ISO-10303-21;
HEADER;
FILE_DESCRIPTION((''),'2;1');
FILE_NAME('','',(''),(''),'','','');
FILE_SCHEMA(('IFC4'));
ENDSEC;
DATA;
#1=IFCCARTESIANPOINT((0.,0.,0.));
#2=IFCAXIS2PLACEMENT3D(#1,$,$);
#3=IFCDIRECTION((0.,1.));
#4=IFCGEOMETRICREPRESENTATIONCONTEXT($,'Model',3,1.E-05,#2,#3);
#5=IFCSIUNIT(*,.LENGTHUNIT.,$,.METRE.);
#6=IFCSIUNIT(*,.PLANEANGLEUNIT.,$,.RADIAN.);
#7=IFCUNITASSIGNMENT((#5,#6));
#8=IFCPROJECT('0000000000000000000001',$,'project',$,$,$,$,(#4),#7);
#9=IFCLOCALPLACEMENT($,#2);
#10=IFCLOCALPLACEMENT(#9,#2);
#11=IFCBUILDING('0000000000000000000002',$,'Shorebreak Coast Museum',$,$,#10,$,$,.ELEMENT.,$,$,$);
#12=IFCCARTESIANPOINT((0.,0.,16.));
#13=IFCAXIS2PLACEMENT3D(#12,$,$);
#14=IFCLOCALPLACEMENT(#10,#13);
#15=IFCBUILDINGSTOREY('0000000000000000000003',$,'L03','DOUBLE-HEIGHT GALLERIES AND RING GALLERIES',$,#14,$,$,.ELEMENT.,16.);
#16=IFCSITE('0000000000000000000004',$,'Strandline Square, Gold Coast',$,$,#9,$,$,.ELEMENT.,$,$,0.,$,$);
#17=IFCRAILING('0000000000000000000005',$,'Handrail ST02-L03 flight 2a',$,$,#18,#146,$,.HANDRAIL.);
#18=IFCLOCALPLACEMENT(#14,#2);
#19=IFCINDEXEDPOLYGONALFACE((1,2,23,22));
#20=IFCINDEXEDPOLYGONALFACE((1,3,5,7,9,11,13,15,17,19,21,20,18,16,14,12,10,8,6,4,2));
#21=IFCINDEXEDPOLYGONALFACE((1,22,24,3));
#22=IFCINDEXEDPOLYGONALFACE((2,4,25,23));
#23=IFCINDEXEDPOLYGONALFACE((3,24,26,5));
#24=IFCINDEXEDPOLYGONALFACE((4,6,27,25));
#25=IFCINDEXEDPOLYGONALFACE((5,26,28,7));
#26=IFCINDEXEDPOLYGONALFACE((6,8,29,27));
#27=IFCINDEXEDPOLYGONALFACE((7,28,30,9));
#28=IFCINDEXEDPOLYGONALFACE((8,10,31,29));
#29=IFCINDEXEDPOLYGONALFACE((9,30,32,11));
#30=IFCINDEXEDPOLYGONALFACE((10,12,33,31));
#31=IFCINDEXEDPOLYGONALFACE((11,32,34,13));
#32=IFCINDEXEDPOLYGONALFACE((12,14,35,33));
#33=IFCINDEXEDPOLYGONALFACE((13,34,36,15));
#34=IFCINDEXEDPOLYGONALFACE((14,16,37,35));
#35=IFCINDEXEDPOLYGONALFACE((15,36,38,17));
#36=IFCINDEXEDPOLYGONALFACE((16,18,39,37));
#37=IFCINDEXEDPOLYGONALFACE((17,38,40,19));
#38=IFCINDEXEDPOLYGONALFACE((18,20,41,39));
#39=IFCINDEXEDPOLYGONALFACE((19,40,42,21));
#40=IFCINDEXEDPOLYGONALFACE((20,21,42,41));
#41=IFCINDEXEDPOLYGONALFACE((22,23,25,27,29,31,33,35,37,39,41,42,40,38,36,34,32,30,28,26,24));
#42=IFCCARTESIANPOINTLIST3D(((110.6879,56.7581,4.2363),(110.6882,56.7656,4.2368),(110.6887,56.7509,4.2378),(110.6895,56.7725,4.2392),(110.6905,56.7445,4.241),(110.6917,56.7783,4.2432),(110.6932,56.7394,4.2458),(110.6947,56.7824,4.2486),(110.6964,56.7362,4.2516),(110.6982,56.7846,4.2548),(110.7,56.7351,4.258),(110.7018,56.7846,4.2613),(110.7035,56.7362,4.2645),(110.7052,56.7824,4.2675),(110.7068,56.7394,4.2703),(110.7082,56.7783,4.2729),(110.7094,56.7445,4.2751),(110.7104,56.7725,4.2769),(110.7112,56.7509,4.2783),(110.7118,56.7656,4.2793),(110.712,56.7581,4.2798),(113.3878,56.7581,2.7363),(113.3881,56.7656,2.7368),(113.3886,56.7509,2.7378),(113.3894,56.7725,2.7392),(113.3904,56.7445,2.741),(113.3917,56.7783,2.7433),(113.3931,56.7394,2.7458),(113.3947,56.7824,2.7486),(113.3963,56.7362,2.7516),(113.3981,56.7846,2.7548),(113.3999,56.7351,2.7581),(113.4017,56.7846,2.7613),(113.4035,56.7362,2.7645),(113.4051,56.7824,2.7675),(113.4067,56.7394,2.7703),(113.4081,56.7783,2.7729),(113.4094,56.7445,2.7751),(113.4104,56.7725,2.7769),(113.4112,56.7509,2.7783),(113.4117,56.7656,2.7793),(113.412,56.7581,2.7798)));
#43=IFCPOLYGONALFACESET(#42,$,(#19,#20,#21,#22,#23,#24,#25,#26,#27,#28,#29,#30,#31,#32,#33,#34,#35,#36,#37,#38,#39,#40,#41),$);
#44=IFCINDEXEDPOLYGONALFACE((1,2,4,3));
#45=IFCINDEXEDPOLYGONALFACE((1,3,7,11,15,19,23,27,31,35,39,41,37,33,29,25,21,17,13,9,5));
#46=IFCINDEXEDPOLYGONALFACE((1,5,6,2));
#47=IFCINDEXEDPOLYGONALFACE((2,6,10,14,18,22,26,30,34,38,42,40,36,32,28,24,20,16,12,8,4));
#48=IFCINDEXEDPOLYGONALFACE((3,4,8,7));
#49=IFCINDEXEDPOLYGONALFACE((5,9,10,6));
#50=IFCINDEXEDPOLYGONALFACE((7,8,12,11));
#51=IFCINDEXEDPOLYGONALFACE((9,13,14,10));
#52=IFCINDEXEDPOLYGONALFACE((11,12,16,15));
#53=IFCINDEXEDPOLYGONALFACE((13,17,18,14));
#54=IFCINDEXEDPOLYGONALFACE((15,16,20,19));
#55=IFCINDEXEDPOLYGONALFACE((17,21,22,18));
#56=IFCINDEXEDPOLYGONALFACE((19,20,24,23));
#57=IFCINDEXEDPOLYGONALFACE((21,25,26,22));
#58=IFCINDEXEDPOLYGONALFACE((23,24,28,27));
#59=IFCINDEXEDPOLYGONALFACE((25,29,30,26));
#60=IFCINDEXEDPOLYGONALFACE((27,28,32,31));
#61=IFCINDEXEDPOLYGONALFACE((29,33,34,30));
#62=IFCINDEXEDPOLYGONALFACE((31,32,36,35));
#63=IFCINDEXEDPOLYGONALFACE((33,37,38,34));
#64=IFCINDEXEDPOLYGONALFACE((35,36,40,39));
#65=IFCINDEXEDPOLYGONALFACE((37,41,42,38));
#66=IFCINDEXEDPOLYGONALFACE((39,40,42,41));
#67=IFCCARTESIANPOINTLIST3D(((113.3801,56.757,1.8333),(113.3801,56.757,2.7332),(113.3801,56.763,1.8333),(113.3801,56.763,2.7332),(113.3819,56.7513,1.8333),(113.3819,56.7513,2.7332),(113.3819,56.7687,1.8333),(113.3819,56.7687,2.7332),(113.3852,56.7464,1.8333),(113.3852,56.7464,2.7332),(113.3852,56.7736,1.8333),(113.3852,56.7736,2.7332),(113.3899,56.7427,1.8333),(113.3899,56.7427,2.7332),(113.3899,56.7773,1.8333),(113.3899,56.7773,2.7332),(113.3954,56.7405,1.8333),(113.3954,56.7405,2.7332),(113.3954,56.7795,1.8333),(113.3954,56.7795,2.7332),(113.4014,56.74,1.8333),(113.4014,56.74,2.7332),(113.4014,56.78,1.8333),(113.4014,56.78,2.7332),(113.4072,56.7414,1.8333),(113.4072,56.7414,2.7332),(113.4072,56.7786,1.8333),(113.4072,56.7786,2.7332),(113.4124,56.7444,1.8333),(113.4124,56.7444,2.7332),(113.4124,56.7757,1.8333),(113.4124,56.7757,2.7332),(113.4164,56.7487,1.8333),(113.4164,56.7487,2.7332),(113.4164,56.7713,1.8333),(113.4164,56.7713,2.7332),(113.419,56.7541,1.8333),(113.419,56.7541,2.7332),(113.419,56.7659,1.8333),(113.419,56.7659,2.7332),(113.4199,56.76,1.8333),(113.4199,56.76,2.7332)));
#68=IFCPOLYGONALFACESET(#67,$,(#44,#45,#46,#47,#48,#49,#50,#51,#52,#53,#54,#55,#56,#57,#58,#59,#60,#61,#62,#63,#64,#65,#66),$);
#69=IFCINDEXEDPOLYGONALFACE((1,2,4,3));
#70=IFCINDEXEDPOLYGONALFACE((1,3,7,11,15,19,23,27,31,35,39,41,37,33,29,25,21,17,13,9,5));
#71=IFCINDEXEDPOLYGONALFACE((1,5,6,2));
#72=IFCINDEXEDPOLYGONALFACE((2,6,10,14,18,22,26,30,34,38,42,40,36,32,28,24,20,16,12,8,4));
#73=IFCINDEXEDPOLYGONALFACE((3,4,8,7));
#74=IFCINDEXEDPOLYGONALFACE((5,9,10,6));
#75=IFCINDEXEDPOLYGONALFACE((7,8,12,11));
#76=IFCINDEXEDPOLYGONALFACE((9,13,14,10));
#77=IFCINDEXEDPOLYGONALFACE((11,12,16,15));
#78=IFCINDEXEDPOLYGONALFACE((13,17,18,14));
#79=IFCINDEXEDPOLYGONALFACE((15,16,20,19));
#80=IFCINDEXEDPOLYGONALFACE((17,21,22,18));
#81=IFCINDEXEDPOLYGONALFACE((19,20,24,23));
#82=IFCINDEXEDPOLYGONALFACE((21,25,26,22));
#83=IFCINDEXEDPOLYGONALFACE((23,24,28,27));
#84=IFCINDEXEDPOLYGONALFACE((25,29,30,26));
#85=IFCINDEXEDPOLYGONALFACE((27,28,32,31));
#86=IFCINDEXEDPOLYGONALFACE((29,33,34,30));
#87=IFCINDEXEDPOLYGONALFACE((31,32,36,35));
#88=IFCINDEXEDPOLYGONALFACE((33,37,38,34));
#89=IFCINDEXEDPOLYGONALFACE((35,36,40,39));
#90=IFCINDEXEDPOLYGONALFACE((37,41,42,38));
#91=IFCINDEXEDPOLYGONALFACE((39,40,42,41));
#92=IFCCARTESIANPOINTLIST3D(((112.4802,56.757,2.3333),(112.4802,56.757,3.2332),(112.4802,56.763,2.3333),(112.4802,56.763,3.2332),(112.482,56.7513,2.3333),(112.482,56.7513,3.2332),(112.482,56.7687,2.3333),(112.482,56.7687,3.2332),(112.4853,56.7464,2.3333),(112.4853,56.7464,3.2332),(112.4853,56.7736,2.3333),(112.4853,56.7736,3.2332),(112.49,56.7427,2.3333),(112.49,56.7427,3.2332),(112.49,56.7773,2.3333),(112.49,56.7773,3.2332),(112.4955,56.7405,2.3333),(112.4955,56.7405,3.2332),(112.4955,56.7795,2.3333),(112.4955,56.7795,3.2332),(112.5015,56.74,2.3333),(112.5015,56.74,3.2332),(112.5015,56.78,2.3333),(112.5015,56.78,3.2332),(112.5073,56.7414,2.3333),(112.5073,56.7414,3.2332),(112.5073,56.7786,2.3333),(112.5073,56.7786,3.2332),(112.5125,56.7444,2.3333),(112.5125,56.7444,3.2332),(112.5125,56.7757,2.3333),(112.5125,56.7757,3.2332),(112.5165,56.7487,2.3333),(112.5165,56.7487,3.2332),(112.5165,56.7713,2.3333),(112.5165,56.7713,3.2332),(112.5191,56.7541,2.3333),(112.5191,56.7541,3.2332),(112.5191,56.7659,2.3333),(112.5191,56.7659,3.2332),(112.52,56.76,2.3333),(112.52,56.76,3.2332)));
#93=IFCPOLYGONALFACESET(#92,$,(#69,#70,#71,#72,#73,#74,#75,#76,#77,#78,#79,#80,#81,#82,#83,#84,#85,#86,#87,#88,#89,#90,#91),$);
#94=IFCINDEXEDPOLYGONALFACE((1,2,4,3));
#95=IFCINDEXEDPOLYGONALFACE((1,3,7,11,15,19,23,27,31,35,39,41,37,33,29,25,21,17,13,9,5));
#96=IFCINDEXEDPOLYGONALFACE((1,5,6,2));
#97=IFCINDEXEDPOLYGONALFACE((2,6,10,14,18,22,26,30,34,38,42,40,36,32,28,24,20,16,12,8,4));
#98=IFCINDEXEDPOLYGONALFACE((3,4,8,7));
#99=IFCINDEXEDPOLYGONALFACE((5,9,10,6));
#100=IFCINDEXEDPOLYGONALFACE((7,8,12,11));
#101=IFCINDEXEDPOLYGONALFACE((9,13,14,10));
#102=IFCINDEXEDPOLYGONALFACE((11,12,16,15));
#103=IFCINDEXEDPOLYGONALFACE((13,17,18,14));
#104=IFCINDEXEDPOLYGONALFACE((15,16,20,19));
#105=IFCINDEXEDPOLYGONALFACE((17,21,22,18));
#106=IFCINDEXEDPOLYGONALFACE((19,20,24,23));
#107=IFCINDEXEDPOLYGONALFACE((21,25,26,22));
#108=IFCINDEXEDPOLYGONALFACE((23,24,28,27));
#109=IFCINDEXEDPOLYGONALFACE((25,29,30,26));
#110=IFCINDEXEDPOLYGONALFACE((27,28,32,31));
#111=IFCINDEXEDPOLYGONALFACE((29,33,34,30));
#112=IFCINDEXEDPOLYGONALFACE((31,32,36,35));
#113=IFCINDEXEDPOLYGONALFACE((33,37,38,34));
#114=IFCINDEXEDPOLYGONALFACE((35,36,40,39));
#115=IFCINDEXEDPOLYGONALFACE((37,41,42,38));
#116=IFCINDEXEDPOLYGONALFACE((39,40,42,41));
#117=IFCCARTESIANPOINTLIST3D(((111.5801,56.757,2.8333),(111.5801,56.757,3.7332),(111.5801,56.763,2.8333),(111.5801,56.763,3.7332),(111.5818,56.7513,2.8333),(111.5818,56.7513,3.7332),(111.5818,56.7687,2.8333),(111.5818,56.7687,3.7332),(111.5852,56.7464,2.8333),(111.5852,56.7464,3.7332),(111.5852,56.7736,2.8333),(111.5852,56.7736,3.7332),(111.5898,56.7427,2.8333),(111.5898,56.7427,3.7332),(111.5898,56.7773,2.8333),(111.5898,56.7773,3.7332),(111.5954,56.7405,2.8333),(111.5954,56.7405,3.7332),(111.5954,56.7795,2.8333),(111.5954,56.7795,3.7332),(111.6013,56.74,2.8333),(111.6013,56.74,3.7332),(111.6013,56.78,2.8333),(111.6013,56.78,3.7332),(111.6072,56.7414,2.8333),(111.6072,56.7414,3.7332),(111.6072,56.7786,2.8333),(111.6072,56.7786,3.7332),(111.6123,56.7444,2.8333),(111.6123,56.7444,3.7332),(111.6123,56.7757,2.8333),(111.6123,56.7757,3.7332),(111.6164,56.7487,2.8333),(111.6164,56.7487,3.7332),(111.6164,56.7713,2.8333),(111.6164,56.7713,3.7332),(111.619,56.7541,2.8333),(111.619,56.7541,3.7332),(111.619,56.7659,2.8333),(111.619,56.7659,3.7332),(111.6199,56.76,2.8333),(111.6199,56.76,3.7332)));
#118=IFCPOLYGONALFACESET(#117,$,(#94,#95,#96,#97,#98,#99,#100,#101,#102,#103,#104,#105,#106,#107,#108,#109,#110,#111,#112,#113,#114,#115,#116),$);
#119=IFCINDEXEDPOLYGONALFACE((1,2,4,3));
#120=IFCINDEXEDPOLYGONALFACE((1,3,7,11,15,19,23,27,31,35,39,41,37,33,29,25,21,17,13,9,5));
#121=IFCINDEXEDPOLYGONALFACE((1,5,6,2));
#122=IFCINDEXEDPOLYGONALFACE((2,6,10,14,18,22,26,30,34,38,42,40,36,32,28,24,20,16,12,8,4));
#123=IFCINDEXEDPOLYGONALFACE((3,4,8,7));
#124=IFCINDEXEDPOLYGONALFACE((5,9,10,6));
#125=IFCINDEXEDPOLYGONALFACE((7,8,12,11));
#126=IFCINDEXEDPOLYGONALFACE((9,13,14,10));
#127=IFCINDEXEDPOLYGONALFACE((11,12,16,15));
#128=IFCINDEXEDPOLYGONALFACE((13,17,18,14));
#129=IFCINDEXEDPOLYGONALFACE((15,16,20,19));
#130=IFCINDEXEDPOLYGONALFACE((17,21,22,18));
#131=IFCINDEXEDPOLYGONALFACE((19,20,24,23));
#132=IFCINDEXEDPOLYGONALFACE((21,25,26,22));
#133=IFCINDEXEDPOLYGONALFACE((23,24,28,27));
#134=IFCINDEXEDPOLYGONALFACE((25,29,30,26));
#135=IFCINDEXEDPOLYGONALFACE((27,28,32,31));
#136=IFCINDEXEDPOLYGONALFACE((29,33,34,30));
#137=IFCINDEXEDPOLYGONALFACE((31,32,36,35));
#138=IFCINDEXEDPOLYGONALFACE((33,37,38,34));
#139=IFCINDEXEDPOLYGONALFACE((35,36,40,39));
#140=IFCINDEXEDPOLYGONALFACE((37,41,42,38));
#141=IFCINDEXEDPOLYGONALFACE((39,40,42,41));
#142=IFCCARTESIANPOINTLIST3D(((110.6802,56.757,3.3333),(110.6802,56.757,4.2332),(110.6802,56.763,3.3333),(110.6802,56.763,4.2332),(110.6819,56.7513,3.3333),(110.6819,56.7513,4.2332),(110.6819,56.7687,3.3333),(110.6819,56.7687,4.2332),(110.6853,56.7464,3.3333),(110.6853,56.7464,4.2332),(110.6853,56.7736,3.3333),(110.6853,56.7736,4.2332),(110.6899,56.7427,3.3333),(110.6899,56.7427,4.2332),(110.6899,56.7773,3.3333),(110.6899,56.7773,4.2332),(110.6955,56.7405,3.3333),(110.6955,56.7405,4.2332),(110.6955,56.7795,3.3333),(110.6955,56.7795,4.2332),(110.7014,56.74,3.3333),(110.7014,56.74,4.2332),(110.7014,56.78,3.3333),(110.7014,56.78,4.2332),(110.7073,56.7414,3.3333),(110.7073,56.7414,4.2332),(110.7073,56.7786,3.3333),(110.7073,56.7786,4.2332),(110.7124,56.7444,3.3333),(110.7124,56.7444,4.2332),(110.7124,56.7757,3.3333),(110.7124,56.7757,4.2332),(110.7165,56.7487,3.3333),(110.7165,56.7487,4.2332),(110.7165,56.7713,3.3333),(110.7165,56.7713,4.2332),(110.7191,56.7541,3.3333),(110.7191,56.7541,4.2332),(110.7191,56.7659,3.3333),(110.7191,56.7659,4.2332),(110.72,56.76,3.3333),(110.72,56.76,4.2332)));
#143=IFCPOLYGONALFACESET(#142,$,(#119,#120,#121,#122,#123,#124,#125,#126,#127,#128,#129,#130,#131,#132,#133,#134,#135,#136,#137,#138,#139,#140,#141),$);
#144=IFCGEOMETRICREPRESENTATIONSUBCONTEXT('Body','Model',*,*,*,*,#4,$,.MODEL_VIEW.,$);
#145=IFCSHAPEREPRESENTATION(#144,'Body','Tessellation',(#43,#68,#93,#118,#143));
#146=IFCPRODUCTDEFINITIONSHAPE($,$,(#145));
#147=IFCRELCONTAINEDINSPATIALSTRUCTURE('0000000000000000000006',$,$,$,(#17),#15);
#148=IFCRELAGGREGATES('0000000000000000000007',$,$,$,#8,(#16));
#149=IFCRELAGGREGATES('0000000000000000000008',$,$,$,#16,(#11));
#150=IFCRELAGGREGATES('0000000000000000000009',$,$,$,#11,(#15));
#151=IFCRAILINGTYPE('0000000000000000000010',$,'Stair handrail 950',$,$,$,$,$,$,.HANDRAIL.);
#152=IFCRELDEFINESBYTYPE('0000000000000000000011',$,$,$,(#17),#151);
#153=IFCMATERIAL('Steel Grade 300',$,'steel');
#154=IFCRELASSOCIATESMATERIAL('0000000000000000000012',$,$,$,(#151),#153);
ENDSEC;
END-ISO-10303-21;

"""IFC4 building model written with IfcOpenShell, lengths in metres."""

from ifc_helpers import new_model, si_unit, direction, frame, origin, origin_2d, place, context, subcontext, project, spatial, circle, extrude, material, type_object, element, save


model = new_model("IFC4")

# Units and contexts
model_context = context("Model", 3, precision=1e-05, world=origin(), true_north=direction((0.0, 1.0)))
body_context = subcontext(model_context, "Body", "Model", "MODEL_VIEW")
ifc_project = project(units=[si_unit("LENGTHUNIT", "METRE"), si_unit("PLANEANGLEUNIT", "RADIAN")], contexts=[model_context])

# Site, building, storey
site_placement = place(None, origin())
site = spatial("IfcSite", under=ifc_project, at=site_placement, Name="Strandline Square, Gold Coast", CompositionType="ELEMENT", RefElevation=0.0)
building_placement = place(site_placement, origin())
building = spatial("IfcBuilding", under=site, at=building_placement, Name="Shorebreak Coast Museum", CompositionType="ELEMENT")
storey_placement = place(building_placement, frame((0.0, 0.0, 16.0)))
storey = spatial("IfcBuildingStorey", under=building, at=storey_placement, Name="L03", Description="DOUBLE-HEIGHT GALLERIES AND RING GALLERIES", CompositionType="ELEMENT", Elevation=16.0)

# Railing
ifc_material_1 = material(Name="Steel Grade 300", Category="steel")
railing_type_1 = type_object("IfcRailingType", Name="Stair handrail 950", PredefinedType="HANDRAIL", material=ifc_material_1)
for number, where, name in (
    (1, (113.3999, 56.76, 1.8333), "Handrail ST02-L03 flight 2a"),
):
    element("IfcRailing", number, at=place(storey_placement, frame(where)), inside=storey, type_object=railing_type_1, Name=name, PredefinedType="HANDRAIL", context=body_context, shape_type="SweptSolid", body=[
        extrude(circle(Radius=0.0249, at=origin_2d()), frame((0.0, 0.0, 0.9248), z_axis=(-0.874154, 0.0, 0.48565), x_axis=(0.0, -1.0, 0.0)), (0.0, 0.0, 1.0), 3.0886),
        extrude(circle(Radius=0.02, at=origin_2d()), origin(), (0.0, 0.0, 1.0), 0.8999),
        extrude(circle(Radius=0.02, at=origin_2d()), frame((-0.8999, 0.0, 0.5)), (0.0, 0.0, 1.0), 0.8999),
        extrude(circle(Radius=0.02, at=origin_2d()), frame((-1.8, 0.0, 1.0)), (0.0, 0.0, 1.0), 0.8999),
        extrude(circle(Radius=0.02, at=origin_2d()), frame((-2.7, 0.0, 1.5)), (0.0, 0.0, 1.0), 0.8999),
    ])

save(model, "model.ifc")
